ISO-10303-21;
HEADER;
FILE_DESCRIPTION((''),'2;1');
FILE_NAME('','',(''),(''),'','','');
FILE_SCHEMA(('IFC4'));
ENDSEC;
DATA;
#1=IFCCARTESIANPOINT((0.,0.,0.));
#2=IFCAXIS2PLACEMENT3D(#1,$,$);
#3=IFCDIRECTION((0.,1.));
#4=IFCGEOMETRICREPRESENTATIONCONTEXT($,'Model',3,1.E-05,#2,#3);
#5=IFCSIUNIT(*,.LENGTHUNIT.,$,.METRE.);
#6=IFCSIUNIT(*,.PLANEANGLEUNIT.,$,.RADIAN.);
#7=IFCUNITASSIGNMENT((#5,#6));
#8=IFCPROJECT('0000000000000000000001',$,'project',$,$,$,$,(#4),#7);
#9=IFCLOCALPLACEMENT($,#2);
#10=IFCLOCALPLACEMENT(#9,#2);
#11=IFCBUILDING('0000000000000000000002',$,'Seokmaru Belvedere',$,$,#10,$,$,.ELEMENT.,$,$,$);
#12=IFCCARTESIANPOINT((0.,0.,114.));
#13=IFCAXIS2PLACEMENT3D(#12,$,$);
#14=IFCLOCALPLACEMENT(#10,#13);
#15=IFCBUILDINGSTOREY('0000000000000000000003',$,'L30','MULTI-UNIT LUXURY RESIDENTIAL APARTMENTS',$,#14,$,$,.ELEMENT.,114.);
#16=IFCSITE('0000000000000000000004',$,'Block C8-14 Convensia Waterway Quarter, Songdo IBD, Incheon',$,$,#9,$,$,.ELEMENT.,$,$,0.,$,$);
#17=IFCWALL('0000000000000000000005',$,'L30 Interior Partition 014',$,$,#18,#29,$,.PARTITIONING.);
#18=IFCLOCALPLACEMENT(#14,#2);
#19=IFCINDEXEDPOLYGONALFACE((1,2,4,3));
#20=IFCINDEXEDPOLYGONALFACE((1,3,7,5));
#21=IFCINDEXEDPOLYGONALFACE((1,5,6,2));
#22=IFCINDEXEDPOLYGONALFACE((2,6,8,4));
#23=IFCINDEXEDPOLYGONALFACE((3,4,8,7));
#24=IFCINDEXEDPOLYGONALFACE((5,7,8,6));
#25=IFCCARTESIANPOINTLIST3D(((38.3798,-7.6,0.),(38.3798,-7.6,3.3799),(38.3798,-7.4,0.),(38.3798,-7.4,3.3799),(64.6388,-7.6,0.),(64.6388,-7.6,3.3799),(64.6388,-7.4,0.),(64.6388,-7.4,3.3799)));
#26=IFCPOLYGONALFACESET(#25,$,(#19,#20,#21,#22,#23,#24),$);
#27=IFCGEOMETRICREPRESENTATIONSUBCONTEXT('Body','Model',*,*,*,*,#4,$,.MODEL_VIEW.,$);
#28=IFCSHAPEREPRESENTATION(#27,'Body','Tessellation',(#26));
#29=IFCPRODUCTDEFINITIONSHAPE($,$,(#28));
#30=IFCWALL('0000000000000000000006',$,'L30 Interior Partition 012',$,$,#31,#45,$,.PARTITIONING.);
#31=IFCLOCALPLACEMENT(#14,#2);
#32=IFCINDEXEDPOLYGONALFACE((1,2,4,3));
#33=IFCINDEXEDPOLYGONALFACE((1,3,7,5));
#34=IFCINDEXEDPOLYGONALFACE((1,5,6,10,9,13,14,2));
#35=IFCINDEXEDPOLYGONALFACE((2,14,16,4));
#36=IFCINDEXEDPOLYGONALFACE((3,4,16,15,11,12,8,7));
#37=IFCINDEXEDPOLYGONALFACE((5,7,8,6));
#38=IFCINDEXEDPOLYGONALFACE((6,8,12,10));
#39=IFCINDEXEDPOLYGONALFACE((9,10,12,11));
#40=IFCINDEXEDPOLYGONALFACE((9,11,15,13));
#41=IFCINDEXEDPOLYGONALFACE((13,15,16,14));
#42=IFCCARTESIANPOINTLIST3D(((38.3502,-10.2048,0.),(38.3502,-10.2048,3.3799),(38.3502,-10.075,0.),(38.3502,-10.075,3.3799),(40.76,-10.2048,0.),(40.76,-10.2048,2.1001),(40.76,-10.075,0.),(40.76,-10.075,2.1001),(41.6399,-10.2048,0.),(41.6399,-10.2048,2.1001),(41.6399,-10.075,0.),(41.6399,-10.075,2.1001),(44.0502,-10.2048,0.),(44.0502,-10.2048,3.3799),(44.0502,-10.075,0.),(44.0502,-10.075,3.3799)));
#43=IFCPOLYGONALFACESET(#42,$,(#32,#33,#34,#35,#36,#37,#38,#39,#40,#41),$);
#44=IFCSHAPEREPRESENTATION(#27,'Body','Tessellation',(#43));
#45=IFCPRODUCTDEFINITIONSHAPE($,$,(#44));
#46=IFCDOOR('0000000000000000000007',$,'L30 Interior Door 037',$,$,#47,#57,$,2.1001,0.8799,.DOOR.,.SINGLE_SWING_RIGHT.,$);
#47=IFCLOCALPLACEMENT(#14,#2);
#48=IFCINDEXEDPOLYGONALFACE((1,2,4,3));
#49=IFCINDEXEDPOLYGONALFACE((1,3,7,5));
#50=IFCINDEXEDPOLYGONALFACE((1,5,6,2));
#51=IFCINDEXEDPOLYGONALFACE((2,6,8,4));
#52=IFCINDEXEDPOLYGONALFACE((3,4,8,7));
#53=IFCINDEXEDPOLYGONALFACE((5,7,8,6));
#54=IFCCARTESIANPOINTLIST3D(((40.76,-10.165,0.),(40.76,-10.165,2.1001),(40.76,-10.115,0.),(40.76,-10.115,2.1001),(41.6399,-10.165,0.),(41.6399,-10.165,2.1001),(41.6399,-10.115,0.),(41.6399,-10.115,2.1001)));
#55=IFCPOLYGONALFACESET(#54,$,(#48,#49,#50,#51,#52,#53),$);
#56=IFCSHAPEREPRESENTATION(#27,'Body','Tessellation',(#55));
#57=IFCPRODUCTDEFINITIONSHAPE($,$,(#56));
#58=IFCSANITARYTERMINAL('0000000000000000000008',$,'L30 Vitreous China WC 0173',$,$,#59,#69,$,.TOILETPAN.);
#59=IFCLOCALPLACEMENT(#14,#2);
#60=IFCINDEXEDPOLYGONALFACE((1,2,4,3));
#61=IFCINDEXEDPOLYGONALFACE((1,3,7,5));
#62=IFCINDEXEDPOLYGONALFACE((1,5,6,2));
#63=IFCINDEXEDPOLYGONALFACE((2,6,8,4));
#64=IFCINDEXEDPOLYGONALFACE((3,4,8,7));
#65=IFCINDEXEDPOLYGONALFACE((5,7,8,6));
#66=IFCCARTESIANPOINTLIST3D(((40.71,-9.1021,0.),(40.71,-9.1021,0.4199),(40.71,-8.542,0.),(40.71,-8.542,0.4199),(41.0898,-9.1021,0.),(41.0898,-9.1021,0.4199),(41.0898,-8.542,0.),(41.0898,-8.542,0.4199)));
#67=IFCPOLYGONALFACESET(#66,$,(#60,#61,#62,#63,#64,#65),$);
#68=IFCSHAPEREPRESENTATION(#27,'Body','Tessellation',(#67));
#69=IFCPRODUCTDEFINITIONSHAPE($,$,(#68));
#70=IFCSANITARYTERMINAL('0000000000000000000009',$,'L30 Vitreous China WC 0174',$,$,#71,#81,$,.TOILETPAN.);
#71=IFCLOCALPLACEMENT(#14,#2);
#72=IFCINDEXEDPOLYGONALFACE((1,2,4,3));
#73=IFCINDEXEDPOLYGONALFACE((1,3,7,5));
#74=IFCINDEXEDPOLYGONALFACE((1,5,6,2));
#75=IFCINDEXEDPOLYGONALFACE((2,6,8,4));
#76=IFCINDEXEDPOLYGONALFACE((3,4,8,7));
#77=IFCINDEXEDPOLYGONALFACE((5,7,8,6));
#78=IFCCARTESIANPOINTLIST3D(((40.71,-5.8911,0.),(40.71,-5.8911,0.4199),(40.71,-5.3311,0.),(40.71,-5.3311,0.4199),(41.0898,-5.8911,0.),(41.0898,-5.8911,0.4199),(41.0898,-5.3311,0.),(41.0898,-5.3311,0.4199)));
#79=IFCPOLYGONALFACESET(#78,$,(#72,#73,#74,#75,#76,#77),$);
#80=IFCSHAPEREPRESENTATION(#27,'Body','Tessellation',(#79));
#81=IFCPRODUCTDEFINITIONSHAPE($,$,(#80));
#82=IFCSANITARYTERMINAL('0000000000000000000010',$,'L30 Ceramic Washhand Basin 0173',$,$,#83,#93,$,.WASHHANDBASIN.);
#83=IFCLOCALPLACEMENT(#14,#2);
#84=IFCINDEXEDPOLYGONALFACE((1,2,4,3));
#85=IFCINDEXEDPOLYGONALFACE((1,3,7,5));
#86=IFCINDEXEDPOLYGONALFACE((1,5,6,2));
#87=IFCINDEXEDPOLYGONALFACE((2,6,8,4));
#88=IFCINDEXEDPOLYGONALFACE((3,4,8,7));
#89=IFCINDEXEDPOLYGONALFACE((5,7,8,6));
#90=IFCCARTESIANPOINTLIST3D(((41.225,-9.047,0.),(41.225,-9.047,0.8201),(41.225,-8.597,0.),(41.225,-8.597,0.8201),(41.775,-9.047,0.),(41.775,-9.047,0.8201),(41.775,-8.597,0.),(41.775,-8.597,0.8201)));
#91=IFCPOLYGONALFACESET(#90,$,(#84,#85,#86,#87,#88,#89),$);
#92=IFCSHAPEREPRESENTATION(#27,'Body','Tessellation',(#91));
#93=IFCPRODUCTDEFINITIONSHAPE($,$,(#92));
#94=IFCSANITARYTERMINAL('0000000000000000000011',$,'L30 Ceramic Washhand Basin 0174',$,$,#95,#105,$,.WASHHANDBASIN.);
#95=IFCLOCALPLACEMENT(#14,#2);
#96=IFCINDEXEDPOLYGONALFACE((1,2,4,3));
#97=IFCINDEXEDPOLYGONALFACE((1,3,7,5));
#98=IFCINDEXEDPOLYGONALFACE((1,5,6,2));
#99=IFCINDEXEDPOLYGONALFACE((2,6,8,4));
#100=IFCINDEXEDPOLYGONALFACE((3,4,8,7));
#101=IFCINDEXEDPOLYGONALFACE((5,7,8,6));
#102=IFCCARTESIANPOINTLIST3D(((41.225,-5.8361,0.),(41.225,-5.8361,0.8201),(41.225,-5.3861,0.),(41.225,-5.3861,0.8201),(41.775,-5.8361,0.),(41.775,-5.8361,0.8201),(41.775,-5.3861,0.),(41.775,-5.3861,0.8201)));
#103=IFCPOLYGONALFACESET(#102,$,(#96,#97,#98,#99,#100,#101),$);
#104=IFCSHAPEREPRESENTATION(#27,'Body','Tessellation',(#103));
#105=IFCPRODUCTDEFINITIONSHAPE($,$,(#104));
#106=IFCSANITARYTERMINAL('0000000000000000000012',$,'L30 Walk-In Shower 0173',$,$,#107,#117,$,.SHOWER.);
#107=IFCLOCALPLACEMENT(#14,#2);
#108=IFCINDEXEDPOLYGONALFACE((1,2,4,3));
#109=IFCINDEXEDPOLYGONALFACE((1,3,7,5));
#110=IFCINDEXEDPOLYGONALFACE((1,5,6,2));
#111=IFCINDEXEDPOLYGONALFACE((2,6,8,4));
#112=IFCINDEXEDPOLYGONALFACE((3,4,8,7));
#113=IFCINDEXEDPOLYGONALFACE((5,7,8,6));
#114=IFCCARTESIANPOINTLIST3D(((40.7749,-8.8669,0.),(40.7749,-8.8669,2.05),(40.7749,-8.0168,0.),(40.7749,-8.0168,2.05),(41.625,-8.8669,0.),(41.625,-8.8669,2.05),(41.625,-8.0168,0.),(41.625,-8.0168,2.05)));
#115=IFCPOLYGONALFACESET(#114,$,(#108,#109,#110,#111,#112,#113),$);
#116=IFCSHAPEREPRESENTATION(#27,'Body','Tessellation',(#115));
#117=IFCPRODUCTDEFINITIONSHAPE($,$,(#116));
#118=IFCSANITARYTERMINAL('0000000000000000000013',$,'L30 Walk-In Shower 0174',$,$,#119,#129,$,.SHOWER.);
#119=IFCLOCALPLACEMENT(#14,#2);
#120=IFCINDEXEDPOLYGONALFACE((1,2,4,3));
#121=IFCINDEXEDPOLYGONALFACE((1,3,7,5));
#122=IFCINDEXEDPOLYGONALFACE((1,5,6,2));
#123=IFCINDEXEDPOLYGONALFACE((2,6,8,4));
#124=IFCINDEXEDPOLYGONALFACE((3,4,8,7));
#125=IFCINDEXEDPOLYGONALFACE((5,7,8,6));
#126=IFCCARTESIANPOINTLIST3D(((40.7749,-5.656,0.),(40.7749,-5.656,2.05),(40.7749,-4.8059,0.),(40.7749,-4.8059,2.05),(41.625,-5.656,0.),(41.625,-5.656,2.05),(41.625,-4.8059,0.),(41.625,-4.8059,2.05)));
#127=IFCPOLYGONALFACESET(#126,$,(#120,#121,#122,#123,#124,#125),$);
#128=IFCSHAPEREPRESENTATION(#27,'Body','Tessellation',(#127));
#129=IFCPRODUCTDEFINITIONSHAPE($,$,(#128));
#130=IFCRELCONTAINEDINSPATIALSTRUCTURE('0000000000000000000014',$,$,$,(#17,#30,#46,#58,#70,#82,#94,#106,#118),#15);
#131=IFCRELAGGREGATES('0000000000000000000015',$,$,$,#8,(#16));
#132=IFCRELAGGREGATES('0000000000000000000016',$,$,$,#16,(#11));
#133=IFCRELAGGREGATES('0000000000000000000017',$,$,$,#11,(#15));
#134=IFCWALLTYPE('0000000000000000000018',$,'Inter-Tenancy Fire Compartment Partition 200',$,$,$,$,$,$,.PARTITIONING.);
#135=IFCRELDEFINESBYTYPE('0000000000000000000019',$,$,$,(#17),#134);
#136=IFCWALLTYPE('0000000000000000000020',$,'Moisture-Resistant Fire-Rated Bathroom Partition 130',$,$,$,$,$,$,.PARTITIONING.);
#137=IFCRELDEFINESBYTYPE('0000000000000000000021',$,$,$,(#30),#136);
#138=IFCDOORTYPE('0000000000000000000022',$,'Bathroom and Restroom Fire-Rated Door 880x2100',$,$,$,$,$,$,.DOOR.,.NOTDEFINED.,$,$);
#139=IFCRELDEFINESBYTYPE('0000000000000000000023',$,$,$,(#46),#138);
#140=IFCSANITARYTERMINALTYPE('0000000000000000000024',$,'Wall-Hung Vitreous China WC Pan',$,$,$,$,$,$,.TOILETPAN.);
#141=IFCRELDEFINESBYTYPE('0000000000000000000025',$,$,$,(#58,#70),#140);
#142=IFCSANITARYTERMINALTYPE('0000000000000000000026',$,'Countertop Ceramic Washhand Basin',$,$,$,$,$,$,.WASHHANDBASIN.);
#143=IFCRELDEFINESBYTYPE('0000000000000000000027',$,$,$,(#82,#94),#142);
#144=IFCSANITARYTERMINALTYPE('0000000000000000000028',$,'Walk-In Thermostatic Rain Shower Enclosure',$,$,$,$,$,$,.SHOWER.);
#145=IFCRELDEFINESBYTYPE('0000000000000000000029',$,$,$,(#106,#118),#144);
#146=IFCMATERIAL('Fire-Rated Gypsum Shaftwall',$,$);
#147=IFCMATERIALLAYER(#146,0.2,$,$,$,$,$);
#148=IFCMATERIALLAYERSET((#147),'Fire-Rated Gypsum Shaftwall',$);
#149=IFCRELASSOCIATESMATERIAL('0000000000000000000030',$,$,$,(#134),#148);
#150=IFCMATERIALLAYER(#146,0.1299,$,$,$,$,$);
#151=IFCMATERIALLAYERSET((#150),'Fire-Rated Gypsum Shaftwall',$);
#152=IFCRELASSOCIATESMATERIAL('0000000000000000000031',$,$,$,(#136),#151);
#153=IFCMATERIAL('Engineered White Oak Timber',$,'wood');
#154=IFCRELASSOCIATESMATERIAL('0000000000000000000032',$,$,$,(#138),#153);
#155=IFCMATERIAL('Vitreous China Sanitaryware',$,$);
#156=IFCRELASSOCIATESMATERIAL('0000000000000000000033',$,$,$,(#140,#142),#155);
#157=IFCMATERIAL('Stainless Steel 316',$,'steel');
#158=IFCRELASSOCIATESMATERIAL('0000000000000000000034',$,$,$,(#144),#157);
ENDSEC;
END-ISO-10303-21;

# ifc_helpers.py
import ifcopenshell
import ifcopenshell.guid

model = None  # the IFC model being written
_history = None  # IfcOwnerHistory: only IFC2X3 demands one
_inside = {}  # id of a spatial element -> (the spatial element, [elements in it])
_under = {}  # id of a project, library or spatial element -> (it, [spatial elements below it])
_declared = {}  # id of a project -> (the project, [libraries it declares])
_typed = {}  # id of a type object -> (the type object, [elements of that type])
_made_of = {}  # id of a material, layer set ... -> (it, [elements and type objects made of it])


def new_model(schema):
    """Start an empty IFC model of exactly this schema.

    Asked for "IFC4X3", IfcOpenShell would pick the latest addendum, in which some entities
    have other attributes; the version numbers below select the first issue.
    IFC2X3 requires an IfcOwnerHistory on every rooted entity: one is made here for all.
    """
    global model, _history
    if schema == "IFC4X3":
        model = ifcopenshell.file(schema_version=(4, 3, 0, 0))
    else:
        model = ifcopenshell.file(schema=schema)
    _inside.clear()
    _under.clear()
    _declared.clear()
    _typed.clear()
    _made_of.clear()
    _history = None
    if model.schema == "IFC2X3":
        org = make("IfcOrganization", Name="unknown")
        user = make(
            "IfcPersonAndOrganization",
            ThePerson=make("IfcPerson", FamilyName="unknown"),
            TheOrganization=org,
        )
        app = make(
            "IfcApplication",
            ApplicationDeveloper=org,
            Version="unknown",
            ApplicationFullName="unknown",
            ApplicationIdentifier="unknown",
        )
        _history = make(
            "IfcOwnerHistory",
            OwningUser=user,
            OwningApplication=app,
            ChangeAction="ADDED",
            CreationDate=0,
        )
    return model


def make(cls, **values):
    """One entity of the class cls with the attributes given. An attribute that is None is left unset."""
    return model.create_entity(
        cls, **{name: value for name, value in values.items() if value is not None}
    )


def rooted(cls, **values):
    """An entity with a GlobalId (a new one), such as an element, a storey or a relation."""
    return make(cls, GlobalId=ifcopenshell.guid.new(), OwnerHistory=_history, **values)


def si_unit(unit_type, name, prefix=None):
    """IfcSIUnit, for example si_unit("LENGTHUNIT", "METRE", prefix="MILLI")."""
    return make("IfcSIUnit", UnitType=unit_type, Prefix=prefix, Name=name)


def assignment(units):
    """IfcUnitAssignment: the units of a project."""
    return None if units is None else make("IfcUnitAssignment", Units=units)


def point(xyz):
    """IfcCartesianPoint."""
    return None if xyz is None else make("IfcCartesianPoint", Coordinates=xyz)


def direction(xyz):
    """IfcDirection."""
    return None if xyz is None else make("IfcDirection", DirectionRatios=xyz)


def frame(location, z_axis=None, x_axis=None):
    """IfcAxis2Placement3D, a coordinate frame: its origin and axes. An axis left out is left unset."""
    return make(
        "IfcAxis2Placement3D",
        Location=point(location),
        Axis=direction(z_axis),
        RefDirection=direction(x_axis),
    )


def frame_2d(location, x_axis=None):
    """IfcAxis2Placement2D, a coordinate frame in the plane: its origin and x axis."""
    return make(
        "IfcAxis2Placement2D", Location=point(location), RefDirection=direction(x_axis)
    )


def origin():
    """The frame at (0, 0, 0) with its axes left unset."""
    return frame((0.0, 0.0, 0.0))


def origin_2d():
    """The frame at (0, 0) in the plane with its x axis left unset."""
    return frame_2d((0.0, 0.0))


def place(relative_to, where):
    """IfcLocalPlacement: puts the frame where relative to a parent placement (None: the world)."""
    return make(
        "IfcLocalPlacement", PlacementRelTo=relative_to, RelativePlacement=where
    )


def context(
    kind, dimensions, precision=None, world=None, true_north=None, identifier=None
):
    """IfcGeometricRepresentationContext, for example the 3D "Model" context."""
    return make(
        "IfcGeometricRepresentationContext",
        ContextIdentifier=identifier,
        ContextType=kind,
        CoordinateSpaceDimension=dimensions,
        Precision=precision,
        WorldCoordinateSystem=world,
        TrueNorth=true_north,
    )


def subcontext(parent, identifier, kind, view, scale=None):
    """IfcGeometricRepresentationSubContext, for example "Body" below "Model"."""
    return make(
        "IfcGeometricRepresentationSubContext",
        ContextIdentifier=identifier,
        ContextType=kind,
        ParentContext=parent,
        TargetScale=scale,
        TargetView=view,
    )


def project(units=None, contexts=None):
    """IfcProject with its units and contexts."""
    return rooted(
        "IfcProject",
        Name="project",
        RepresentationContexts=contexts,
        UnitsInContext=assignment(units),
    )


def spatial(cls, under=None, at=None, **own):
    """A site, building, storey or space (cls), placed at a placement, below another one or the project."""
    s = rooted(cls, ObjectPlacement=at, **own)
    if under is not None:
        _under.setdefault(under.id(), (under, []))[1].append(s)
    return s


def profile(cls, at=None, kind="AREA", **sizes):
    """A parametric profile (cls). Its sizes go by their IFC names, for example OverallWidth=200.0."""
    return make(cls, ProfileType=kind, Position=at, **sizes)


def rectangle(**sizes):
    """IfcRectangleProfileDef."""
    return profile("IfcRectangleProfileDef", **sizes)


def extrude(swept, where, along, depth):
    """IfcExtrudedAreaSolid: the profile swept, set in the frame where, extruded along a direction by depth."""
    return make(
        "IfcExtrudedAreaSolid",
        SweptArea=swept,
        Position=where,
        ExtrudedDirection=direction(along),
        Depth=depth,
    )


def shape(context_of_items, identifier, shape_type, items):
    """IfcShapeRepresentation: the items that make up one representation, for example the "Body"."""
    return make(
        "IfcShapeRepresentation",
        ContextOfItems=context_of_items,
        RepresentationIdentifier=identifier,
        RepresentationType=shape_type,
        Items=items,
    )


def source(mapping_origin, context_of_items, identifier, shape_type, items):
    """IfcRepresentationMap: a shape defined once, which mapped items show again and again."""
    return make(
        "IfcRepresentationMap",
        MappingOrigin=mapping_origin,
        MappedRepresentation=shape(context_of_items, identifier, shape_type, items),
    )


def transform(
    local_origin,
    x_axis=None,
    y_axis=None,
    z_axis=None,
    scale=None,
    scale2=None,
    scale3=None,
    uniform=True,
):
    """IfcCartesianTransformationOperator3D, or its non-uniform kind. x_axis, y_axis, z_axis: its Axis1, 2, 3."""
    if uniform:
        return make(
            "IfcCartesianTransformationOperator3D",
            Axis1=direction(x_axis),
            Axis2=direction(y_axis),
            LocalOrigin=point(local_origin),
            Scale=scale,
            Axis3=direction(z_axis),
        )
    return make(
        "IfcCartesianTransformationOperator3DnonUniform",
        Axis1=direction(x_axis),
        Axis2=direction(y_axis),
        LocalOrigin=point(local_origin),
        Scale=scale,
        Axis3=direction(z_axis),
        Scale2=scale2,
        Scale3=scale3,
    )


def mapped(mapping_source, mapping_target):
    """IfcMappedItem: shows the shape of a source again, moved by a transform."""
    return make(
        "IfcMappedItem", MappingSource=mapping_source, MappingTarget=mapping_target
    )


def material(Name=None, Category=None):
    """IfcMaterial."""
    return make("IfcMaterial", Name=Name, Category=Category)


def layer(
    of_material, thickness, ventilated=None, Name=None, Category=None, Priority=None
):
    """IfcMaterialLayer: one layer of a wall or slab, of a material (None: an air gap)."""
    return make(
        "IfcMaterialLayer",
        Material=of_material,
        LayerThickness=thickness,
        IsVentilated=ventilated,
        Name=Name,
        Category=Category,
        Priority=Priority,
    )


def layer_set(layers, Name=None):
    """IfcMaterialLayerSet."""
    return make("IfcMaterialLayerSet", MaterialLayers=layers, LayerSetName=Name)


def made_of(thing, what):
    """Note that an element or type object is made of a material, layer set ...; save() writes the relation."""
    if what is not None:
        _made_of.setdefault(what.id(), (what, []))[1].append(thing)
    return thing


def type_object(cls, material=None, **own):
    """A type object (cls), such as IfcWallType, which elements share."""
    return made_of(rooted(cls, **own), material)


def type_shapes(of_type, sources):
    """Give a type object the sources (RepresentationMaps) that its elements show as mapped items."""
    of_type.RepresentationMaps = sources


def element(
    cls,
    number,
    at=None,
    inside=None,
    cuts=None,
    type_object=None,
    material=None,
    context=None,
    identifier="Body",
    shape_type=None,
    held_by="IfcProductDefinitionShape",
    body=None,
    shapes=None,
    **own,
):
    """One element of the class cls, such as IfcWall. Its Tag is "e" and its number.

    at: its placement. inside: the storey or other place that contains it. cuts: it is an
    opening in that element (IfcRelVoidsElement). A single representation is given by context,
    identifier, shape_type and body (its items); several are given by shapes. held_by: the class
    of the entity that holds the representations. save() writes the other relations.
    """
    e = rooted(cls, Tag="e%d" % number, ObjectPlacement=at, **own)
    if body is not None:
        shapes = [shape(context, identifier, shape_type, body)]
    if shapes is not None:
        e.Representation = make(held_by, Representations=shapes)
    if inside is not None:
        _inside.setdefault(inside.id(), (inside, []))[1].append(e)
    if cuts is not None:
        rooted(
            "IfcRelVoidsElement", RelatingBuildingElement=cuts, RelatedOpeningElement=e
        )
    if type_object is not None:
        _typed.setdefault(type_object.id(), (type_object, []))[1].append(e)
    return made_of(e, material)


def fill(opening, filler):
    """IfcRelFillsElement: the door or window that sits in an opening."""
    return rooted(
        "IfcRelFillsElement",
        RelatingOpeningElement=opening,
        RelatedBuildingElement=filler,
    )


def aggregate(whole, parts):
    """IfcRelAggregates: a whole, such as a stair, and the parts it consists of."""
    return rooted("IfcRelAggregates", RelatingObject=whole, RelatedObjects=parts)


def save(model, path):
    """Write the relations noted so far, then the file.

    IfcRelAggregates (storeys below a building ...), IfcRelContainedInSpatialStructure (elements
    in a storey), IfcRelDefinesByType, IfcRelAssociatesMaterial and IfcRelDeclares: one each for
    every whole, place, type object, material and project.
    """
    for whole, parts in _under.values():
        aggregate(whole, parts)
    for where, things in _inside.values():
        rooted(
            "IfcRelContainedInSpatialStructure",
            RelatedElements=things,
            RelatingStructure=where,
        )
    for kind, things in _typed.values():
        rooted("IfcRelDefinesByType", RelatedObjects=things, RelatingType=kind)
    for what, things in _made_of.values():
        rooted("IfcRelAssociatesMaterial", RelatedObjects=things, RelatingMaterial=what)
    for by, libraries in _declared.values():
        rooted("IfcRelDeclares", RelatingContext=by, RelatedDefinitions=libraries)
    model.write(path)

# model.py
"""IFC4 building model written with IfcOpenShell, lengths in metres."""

from ifc_helpers import new_model, si_unit, direction, frame, frame_2d, origin, origin_2d, place, context, subcontext, project, spatial, rectangle, extrude, source, transform, mapped, material, layer, layer_set, type_object, type_shapes, element, fill, save


model = new_model("IFC4")

# Units and contexts
model_context = context("Model", 3, precision=1e-05, world=origin(), true_north=direction((0.0, 1.0)))
body_context = subcontext(model_context, "Body", "Model", "MODEL_VIEW")
ifc_project = project(units=[si_unit("LENGTHUNIT", "METRE"), si_unit("PLANEANGLEUNIT", "RADIAN")], contexts=[model_context])

# Site, building, storey
site_placement = place(None, origin())
site = spatial("IfcSite", under=ifc_project, at=site_placement, Name="Block C8-14 Convensia Waterway Quarter, Songdo IBD, Incheon", CompositionType="ELEMENT", RefElevation=0.0)
building_placement = place(site_placement, origin())
building = spatial("IfcBuilding", under=site, at=building_placement, Name="Seokmaru Belvedere", CompositionType="ELEMENT")
storey_placement = place(building_placement, frame((0.0, 0.0, 114.0)))
storey = spatial("IfcBuildingStorey", under=building, at=storey_placement, Name="L30", Description="MULTI-UNIT LUXURY RESIDENTIAL APARTMENTS", CompositionType="ELEMENT", Elevation=114.0)

# Shared definitions
ifc_material_1 = material(Name="Fire-Rated Gypsum Shaftwall")

# Shared definitions
ifc_material_2 = material(Name="Engineered White Oak Timber", Category="wood")

# Wall
ifc_layer_1 = layer(ifc_material_1, 0.2)
ifc_layer_set_1 = layer_set([ifc_layer_1], Name="Fire-Rated Gypsum Shaftwall")
wall_type_1 = type_object("IfcWallType", Name="Inter-Tenancy Fire Compartment Partition 200", PredefinedType="PARTITIONING", material=ifc_layer_set_1)
wall_1_placement = place(storey_placement, frame((38.3799, -7.5, 0.0), z_axis=(0.0, 0.0, 1.0), x_axis=(1.0, 0.0, 0.0)))
element("IfcWall", 1, at=wall_1_placement, inside=storey, type_object=wall_type_1, Name="L30 Interior Partition 014", PredefinedType="PARTITIONING", context=body_context, shape_type="SweptSolid", body=[
    extrude(rectangle(XDim=26.259, YDim=0.2, at=frame_2d((13.1294, 0.0))), origin(), (0.0, 0.0, 1.0), 3.3799),
])

# Wall, opening, door
ifc_layer_2 = layer(ifc_material_1, 0.1299)
ifc_layer_set_2 = layer_set([ifc_layer_2], Name="Fire-Rated Gypsum Shaftwall")
wall_type_2 = type_object("IfcWallType", Name="Moisture-Resistant Fire-Rated Bathroom Partition 130", PredefinedType="PARTITIONING", material=ifc_layer_set_2)
wall_2_placement = place(storey_placement, frame((38.3501, -10.1399, 0.0), z_axis=(0.0, 0.0, 1.0), x_axis=(1.0, 0.0, 0.0)))
wall_2 = element("IfcWall", 2, at=wall_2_placement, inside=storey, type_object=wall_type_2, Name="L30 Interior Partition 012", PredefinedType="PARTITIONING", context=body_context, shape_type="SweptSolid", body=[
    extrude(rectangle(XDim=5.7, YDim=0.1299, at=frame_2d((2.8501, 0.0))), origin(), (0.0, 0.0, 1.0), 3.3799),
])
opening_1_placement = place(wall_2_placement, frame((2.4099, 0.0, 0.0)))
opening_1 = element("IfcOpeningElement", 3, at=opening_1_placement, cuts=wall_2, PredefinedType="OPENING", context=body_context, shape_type="SweptSolid", body=[
    extrude(rectangle(XDim=0.8799, YDim=2.1001, at=frame_2d((0.4399, 1.05))), frame((0.0, 0.075, 0.0), z_axis=(0.0, -1.0, 0.0), x_axis=(1.0, 0.0, 0.0)), (0.0, 0.0, 1.0), 0.1499),
])
door_type_1 = type_object("IfcDoorType", Name="Bathroom and Restroom Fire-Rated Door 880x2100", OperationType="NOTDEFINED", PredefinedType="DOOR", material=ifc_material_2)
shared_shape_1 = source(origin(), body_context, "Body", "SweptSolid", [
    extrude(rectangle(XDim=0.8799, YDim=2.1001, at=frame_2d((0.4399, 1.05))), frame((0.0, 0.0249, 0.0), z_axis=(0.0, -1.0, 0.0), x_axis=(1.0, 0.0, 0.0)), (0.0, 0.0, 1.0), 0.05),
])
type_shapes(door_type_1, [shared_shape_1])
door_1_placement = place(opening_1_placement, origin())
door_1 = element("IfcDoor", 4, at=door_1_placement, inside=storey, type_object=door_type_1, Name="L30 Interior Door 037", OperationType="SINGLE_SWING_RIGHT", OverallHeight=2.1001, OverallWidth=0.8799, PredefinedType="DOOR", context=body_context, shape_type="MappedRepresentation", body=[
    mapped(shared_shape_1, transform((0.0, 0.0, 0.0), scale=1.0)),
])
fill(opening_1, door_1)

# Sanitary terminals
ifc_material_3 = material(Name="Vitreous China Sanitaryware")
sanitary_terminal_type_1 = type_object("IfcSanitaryTerminalType", Name="Wall-Hung Vitreous China WC Pan", PredefinedType="TOILETPAN", material=ifc_material_3)
shared_shape_2 = source(origin(), body_context, "Body", "SweptSolid", [
    extrude(rectangle(XDim=0.3799, YDim=0.5601, at=origin_2d()), origin(), (0.0, 0.0, 1.0), 0.4199),
])
type_shapes(sanitary_terminal_type_1, [shared_shape_2])
for number, where, z_axis, x_axis, name in (
    (5, (40.8999, -8.822, 0.0), (0.0, 0.0, 1.0), (1.0, 0.0, 0.0), "L30 Vitreous China WC 0173"),
    (6, (40.8999, -5.6111, 0.0), (0.0, 0.0, 1.0), (1.0, 0.0, 0.0), "L30 Vitreous China WC 0174"),
):
    element("IfcSanitaryTerminal", number, at=place(storey_placement, frame(where, z_axis=z_axis, x_axis=x_axis)), inside=storey, type_object=sanitary_terminal_type_1, Name=name, PredefinedType="TOILETPAN", context=body_context, shape_type="MappedRepresentation", body=[
        mapped(shared_shape_2, transform((0.0, 0.0, 0.0), scale=1.0)),
    ])
sanitary_terminal_type_2 = type_object("IfcSanitaryTerminalType", Name="Countertop Ceramic Washhand Basin", PredefinedType="WASHHANDBASIN", material=ifc_material_3)
shared_shape_3 = source(origin(), body_context, "Body", "SweptSolid", [
    extrude(rectangle(XDim=0.55, YDim=0.45, at=origin_2d()), origin(), (0.0, 0.0, 1.0), 0.8201),
])
type_shapes(sanitary_terminal_type_2, [shared_shape_3])
for number, where, z_axis, x_axis, name in (
    (7, (41.5, -8.822, 0.0), (0.0, 0.0, 1.0), (1.0, 0.0, 0.0), "L30 Ceramic Washhand Basin 0173"),
    (8, (41.5, -5.6111, 0.0), (0.0, 0.0, 1.0), (1.0, 0.0, 0.0), "L30 Ceramic Washhand Basin 0174"),
):
    element("IfcSanitaryTerminal", number, at=place(storey_placement, frame(where, z_axis=z_axis, x_axis=x_axis)), inside=storey, type_object=sanitary_terminal_type_2, Name=name, PredefinedType="WASHHANDBASIN", context=body_context, shape_type="MappedRepresentation", body=[
        mapped(shared_shape_3, transform((0.0, 0.0, 0.0), scale=1.0)),
    ])
ifc_material_4 = material(Name="Stainless Steel 316", Category="steel")
sanitary_terminal_type_3 = type_object("IfcSanitaryTerminalType", Name="Walk-In Thermostatic Rain Shower Enclosure", PredefinedType="SHOWER", material=ifc_material_4)
shared_shape_4 = source(origin(), body_context, "Body", "SweptSolid", [
    extrude(rectangle(XDim=0.8501, YDim=0.8501, at=origin_2d()), origin(), (0.0, 0.0, 1.0), 2.05),
])
type_shapes(sanitary_terminal_type_3, [shared_shape_4])
for number, where, z_axis, x_axis, name in (
    (9, (41.2, -8.4419, 0.0), (0.0, 0.0, 1.0), (1.0, 0.0, 0.0), "L30 Walk-In Shower 0173"),
    (10, (41.2, -5.231, 0.0), (0.0, 0.0, 1.0), (1.0, 0.0, 0.0), "L30 Walk-In Shower 0174"),
):
    element("IfcSanitaryTerminal", number, at=place(storey_placement, frame(where, z_axis=z_axis, x_axis=x_axis)), inside=storey, type_object=sanitary_terminal_type_3, Name=name, PredefinedType="SHOWER", context=body_context, shape_type="MappedRepresentation", body=[
        mapped(shared_shape_4, transform((0.0, 0.0, 0.0), scale=1.0)),
    ])

save(model, "model.ifc")
